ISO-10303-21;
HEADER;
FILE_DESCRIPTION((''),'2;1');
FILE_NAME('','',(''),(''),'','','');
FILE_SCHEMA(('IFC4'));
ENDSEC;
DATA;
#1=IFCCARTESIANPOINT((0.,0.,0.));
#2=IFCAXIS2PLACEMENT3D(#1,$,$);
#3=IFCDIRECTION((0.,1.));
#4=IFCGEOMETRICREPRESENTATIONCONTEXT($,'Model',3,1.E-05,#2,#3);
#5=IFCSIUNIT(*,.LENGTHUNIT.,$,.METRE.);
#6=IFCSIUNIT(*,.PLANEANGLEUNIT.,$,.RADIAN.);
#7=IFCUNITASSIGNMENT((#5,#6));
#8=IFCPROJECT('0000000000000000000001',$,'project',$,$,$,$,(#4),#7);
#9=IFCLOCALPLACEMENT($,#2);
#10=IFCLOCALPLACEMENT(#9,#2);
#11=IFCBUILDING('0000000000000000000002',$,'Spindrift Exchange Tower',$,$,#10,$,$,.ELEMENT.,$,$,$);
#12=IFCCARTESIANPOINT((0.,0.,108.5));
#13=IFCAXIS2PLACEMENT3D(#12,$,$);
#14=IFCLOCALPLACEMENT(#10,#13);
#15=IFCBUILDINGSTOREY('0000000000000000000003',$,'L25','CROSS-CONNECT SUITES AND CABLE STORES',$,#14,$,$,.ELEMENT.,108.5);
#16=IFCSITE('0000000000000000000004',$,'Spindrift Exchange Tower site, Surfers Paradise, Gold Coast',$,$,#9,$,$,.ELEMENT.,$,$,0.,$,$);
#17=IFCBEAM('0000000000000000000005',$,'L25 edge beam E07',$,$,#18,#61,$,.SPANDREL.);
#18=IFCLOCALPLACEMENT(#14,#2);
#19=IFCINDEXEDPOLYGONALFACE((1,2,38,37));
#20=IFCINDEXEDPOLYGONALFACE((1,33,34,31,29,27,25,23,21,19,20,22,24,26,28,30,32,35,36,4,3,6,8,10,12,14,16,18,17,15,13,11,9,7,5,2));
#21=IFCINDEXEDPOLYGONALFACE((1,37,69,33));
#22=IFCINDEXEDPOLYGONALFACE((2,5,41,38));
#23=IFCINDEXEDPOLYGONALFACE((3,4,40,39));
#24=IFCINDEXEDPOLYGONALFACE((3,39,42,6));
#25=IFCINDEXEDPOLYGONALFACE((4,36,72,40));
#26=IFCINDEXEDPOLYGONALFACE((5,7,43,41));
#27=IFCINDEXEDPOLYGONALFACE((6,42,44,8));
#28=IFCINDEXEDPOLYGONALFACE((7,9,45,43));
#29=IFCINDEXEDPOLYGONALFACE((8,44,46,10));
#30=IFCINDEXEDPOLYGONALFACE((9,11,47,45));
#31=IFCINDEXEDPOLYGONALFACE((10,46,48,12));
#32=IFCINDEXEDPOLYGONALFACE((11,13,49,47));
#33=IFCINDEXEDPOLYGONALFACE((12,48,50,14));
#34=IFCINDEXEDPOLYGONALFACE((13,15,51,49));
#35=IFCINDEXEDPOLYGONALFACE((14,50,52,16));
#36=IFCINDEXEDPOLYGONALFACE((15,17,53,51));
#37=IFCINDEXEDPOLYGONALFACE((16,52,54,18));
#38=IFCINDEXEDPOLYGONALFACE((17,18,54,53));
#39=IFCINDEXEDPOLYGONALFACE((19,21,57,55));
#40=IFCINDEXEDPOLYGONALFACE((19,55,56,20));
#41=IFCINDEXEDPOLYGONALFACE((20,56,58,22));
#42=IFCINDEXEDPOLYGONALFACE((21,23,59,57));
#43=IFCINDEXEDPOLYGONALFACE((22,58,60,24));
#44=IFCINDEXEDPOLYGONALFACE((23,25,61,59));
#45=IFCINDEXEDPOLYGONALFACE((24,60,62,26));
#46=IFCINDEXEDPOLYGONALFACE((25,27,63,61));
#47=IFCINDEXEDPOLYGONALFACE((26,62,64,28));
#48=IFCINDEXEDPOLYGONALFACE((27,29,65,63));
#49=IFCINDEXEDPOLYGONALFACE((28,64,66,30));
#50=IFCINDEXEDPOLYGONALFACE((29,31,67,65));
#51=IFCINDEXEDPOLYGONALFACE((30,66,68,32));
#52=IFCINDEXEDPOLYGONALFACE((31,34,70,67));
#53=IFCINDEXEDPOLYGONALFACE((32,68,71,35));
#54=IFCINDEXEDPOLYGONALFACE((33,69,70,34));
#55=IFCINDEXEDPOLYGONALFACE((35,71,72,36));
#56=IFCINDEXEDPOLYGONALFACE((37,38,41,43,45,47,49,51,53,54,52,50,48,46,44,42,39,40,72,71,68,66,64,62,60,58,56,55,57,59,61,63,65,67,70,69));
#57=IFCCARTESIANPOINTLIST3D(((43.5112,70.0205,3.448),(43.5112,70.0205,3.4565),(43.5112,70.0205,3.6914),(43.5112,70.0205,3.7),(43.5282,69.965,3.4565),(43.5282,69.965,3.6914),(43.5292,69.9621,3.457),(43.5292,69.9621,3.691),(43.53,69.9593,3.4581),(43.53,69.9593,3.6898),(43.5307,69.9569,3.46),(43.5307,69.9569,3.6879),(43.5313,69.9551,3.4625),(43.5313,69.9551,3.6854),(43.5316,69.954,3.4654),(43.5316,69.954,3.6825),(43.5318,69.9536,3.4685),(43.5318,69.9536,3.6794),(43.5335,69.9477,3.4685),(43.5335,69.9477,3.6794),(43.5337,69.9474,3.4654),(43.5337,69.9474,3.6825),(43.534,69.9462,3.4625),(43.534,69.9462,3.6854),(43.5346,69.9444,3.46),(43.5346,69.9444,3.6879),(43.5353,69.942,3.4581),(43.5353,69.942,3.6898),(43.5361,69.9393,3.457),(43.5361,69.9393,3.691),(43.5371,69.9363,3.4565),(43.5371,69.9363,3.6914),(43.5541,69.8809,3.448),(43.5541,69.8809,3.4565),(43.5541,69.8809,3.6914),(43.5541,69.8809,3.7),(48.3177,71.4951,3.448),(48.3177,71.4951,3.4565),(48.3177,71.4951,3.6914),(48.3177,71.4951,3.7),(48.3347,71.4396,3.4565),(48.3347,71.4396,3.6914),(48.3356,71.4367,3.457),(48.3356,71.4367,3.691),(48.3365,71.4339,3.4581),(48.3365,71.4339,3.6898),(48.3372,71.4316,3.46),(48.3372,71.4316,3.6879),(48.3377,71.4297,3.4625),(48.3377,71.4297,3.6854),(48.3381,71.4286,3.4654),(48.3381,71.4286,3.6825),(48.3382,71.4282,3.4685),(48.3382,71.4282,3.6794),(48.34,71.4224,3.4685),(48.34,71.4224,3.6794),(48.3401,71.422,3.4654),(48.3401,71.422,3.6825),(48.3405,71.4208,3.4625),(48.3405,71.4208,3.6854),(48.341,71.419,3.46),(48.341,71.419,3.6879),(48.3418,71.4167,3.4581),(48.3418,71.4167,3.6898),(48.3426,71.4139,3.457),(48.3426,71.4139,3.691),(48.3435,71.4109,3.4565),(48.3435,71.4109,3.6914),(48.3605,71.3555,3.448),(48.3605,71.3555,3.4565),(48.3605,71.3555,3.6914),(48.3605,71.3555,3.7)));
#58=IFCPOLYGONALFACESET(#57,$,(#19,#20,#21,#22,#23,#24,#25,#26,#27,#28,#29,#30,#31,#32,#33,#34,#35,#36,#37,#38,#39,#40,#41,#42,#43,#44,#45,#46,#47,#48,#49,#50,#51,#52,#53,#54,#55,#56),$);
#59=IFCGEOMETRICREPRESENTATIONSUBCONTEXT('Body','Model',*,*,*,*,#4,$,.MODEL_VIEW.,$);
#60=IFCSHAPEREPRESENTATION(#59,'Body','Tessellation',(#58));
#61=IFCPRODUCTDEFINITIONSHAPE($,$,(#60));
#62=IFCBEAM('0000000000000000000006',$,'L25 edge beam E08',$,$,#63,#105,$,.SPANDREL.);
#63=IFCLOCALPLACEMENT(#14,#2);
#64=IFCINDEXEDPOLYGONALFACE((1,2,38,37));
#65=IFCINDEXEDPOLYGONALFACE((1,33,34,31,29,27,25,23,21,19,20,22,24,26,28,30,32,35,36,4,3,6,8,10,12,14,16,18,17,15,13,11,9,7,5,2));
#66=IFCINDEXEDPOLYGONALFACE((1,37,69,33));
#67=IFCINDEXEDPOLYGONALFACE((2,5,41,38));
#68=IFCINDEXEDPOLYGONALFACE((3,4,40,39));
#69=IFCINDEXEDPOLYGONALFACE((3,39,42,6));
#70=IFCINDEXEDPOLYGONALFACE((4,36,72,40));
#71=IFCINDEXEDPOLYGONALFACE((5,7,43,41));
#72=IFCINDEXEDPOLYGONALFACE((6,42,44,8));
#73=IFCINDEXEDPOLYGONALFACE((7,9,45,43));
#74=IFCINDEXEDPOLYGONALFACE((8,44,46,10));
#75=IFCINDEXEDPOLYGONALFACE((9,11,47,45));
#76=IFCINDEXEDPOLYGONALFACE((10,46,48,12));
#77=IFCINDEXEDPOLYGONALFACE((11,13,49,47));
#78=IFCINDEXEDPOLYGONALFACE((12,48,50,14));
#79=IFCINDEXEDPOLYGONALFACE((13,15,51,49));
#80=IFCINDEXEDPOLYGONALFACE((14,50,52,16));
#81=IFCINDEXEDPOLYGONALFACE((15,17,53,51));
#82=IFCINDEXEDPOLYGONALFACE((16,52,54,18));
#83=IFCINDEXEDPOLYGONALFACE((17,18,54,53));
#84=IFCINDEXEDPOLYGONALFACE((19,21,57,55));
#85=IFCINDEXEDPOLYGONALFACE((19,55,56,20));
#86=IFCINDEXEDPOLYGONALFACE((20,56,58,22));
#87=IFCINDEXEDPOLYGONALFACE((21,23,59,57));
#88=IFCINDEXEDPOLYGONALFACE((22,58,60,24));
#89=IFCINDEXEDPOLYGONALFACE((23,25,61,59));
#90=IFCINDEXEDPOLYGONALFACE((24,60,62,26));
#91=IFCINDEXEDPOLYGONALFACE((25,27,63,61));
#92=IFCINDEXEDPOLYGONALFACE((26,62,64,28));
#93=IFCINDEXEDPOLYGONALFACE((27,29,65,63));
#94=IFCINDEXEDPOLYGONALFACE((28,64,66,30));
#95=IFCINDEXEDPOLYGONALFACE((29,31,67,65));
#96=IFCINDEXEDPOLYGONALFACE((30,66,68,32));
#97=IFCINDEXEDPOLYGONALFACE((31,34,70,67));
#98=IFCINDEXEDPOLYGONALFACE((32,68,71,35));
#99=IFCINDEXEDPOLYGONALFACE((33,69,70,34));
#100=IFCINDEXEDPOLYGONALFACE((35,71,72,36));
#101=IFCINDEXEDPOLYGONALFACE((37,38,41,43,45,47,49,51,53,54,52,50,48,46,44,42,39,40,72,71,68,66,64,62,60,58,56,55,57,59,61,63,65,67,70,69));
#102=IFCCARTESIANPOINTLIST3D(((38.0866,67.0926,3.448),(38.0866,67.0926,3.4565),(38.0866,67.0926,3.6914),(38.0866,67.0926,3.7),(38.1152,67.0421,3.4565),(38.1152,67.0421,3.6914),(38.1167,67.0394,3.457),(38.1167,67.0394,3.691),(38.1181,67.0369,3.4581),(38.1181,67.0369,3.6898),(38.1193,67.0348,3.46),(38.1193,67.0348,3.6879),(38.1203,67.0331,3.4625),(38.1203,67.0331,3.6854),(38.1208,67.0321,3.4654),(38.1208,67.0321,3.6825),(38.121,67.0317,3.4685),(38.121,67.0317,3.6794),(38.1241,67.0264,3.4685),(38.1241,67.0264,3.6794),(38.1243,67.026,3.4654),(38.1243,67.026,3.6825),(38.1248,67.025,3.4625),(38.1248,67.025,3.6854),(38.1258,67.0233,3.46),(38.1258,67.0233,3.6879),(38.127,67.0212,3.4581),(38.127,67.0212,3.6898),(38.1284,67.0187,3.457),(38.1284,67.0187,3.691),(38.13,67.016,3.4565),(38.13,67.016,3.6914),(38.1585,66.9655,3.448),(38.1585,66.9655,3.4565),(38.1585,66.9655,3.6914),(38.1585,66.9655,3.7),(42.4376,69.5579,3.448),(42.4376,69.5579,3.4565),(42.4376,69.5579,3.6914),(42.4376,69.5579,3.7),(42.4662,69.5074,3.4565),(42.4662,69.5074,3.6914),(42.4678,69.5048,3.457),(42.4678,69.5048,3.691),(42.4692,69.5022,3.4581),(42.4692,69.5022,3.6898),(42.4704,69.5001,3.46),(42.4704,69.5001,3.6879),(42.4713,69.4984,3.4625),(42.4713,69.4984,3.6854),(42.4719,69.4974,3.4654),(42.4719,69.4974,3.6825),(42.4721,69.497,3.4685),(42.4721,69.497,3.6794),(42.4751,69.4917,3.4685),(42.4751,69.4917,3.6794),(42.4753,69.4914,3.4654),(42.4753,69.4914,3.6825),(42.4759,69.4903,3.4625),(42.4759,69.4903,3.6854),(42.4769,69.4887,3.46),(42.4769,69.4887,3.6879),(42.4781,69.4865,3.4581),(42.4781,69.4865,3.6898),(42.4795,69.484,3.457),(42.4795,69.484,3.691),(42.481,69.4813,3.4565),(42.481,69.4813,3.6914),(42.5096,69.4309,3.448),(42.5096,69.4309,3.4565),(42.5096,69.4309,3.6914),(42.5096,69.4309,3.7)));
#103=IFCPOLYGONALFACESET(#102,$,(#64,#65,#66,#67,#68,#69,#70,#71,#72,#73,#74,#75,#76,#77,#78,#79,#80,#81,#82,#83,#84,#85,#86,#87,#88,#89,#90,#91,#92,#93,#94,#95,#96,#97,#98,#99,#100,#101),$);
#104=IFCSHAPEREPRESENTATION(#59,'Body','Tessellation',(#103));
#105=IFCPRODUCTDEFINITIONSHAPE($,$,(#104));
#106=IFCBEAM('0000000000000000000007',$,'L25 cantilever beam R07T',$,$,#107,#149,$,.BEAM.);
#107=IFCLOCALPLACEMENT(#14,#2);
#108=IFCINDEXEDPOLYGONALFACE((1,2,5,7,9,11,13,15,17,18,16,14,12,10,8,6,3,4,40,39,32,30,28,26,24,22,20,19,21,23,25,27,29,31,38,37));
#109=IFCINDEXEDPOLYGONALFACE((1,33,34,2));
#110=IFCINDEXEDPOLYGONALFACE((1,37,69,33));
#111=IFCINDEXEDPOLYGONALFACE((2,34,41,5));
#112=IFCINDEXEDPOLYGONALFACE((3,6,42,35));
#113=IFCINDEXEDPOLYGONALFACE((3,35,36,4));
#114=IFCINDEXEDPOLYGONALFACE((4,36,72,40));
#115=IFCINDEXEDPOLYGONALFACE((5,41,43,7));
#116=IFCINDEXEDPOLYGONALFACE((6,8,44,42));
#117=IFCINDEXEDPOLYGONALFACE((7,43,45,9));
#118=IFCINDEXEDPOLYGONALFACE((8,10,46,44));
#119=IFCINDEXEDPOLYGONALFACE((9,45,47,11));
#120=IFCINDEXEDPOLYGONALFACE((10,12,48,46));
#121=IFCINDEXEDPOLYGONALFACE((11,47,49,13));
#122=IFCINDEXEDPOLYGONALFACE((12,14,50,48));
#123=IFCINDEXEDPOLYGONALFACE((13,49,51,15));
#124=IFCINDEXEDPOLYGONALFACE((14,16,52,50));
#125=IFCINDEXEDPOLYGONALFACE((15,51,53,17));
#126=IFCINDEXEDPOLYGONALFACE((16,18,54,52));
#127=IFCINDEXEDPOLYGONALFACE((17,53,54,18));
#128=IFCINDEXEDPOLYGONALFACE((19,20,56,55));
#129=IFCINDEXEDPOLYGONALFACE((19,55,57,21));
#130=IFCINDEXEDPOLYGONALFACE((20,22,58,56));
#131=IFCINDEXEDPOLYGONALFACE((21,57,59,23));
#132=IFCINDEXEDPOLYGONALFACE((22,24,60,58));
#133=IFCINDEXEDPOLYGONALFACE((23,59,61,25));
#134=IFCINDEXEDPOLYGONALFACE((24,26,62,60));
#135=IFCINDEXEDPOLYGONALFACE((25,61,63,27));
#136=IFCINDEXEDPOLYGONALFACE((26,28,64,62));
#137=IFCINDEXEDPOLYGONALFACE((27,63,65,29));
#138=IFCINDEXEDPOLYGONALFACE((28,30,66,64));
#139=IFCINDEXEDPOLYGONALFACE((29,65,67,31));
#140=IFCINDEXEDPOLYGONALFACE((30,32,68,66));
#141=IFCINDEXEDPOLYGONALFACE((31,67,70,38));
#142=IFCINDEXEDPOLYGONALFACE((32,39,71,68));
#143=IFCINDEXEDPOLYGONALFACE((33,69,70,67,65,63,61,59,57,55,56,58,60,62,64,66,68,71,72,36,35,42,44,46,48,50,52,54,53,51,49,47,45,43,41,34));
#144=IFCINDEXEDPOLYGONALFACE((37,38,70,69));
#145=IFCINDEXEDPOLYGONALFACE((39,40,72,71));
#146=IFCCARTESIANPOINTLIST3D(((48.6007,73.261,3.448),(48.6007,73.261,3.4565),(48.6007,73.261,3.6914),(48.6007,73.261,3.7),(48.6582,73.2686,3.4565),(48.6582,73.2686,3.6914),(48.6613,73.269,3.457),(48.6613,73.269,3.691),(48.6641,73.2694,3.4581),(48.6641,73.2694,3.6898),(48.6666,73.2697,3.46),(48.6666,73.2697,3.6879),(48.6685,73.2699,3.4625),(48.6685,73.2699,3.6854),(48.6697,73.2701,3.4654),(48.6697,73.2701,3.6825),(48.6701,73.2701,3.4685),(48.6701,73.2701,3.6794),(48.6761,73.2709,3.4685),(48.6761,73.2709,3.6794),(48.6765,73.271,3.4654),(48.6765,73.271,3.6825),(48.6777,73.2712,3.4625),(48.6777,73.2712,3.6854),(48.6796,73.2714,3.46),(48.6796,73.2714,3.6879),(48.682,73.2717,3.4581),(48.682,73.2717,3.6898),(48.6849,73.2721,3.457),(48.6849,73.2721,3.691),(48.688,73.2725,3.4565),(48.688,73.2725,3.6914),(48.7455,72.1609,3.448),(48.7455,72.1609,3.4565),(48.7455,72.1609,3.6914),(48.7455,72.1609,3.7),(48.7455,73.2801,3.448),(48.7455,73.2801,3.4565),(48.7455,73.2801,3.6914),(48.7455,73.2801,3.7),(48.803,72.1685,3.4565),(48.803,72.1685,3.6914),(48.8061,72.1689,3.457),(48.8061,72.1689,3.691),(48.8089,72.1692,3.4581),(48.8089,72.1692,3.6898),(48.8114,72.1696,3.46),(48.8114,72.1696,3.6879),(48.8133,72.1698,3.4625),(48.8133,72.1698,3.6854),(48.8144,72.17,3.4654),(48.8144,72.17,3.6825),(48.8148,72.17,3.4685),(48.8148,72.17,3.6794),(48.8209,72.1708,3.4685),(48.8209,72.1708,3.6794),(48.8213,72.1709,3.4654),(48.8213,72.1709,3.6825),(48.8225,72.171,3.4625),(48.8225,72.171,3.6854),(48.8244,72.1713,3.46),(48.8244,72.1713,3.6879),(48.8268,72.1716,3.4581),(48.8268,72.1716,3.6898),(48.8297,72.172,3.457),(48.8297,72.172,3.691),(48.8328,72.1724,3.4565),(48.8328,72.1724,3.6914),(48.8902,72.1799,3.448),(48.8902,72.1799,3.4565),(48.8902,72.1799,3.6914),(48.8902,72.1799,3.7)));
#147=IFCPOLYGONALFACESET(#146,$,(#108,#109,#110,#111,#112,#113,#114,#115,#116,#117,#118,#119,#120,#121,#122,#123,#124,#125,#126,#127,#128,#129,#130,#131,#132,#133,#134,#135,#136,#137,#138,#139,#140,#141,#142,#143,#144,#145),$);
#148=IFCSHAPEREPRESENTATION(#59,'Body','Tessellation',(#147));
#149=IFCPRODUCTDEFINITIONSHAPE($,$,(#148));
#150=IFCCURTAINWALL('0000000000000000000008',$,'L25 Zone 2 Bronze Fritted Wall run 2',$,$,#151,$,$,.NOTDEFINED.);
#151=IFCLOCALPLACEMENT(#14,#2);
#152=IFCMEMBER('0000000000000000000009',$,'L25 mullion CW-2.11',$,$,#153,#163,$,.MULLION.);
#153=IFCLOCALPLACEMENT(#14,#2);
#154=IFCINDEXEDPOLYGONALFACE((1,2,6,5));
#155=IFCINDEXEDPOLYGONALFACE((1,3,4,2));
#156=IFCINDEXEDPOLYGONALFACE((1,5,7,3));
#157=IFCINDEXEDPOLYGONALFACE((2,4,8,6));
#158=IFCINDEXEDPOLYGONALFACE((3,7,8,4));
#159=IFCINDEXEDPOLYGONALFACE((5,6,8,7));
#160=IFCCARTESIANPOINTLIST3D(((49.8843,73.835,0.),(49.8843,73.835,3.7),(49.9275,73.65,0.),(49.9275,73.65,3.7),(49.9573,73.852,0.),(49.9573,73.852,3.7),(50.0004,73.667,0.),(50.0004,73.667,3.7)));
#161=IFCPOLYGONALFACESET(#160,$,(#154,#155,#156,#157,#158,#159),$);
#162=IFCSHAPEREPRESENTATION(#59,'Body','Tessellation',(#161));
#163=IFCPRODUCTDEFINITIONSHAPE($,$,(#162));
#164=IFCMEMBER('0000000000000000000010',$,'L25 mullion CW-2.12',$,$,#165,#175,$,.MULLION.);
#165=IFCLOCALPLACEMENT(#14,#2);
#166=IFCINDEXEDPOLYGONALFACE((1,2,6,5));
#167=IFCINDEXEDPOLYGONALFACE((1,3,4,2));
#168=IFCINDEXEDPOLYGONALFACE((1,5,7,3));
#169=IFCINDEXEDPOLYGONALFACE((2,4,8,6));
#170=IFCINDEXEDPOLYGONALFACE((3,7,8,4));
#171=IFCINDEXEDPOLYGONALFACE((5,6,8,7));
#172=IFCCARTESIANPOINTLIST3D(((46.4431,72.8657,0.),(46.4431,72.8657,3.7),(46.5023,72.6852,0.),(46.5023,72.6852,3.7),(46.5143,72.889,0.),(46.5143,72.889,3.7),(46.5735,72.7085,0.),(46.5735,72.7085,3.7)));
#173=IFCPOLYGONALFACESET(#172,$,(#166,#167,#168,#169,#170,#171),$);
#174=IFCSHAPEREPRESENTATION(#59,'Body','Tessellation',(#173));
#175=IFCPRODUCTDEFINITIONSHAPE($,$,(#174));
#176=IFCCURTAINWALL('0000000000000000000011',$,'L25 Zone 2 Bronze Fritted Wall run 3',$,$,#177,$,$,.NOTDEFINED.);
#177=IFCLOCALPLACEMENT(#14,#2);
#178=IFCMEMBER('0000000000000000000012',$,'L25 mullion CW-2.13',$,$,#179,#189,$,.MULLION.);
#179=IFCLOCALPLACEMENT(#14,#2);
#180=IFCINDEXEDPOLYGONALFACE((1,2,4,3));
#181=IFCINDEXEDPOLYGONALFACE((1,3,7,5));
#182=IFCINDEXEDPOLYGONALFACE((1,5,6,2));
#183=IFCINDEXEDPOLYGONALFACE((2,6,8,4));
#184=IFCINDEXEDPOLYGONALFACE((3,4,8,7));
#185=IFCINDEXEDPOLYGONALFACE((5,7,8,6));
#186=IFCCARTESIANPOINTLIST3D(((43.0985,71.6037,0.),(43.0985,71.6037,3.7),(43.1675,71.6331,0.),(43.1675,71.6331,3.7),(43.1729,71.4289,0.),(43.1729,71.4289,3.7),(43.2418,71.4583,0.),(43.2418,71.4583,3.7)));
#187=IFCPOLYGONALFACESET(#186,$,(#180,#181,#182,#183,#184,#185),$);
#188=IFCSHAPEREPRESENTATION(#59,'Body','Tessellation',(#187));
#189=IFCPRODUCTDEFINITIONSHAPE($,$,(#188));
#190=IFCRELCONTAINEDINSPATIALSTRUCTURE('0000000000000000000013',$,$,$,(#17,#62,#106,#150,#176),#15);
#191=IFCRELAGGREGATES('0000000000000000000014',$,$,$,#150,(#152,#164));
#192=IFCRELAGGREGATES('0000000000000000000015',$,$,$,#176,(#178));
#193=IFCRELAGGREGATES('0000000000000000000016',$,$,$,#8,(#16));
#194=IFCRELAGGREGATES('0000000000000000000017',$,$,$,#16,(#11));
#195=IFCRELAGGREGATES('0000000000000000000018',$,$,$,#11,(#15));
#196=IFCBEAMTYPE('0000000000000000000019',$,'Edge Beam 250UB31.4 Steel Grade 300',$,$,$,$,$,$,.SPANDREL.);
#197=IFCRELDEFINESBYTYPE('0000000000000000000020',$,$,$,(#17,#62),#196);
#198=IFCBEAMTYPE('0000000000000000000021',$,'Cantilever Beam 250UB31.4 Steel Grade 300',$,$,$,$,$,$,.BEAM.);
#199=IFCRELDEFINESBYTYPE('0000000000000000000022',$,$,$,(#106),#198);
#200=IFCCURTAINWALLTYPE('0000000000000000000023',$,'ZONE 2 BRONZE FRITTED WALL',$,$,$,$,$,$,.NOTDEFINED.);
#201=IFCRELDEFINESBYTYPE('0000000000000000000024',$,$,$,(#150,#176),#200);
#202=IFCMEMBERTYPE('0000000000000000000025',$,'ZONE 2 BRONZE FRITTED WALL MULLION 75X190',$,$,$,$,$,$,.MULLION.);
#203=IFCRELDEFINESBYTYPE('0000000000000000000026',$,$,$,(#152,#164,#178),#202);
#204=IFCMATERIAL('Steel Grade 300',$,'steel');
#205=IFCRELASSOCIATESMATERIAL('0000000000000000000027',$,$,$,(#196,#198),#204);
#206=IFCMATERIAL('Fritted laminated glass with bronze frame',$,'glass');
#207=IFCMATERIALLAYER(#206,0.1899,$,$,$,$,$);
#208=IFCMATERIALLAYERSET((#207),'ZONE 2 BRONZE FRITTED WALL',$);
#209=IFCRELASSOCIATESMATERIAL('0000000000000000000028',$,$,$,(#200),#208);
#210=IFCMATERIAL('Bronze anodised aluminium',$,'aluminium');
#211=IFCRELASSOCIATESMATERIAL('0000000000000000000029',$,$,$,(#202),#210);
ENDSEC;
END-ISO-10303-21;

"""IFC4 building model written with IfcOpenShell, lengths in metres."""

from ifc_helpers import new_model, si_unit, direction, frame, origin, origin_2d, place, context, subcontext, project, spatial, rectangle, i_section, extrude, source, transform, mapped, material, layer, layer_set, material_profile, profile_set, type_object, element, aggregate, save


model = new_model("IFC4")

# Units and contexts
model_context = context("Model", 3, precision=1e-05, world=origin(), true_north=direction((0.0, 1.0)))
body_context = subcontext(model_context, "Body", "Model", "MODEL_VIEW")
ifc_project = project(units=[si_unit("LENGTHUNIT", "METRE"), si_unit("PLANEANGLEUNIT", "RADIAN")], contexts=[model_context])

# Site, building, storey
site_placement = place(None, origin())
site = spatial("IfcSite", under=ifc_project, at=site_placement, Name="Spindrift Exchange Tower site, Surfers Paradise, Gold Coast", CompositionType="ELEMENT", RefElevation=0.0)
building_placement = place(site_placement, origin())
building = spatial("IfcBuilding", under=site, at=building_placement, Name="Spindrift Exchange Tower", CompositionType="ELEMENT")
storey_placement = place(building_placement, frame((0.0, 0.0, 108.5)))
storey = spatial("IfcBuildingStorey", under=building, at=storey_placement, Name="L25", Description="CROSS-CONNECT SUITES AND CABLE STORES", CompositionType="ELEMENT", Elevation=108.5)

# Beams
ifc_material_1 = material(Name="Steel Grade 300", Category="steel")
ifc_material_profile_1 = material_profile(ifc_material_1, i_section(OverallWidth=0.146, OverallDepth=0.252, WebThickness=0.0061, FlangeThickness=0.0085, FilletRadius=0.012, at=origin_2d()), Name="250UB31.4")
ifc_profile_set_1 = profile_set([ifc_material_profile_1], Name="Steel Grade 300")
beam_type_1 = type_object("IfcBeamType", Name="Edge Beam 250UB31.4 Steel Grade 300", PredefinedType="SPANDREL", material=ifc_profile_set_1)
shared_shape_1 = source(origin(), body_context, "Body", "SweptSolid", [
    extrude(i_section(OverallWidth=0.146, OverallDepth=0.252, WebThickness=0.0061, FlangeThickness=0.0085, FilletRadius=0.012, at=origin_2d()), origin(), (0.0, 0.0, 1.0), 5.0276),
])
beam_1_placement = place(storey_placement, frame((48.3391, 71.4253, 3.574), z_axis=(-0.956018, -0.293308, 0.0), x_axis=(0.293308, -0.956018, 0.0)))
element("IfcBeam", 1, at=beam_1_placement, inside=storey, type_object=beam_type_1, Name="L25 edge beam E07", PredefinedType="SPANDREL", context=body_context, shape_type="MappedRepresentation", body=[
    mapped(shared_shape_1, transform((0.0, 0.0, 0.0), scale=1.0)),
])
shared_shape_2 = source(origin(), body_context, "Body", "SweptSolid", [
    extrude(i_section(OverallWidth=0.146, OverallDepth=0.252, WebThickness=0.0061, FlangeThickness=0.0085, FilletRadius=0.012, at=origin_2d()), origin(), (0.0, 0.0, 1.0), 5.001),
])
beam_2_placement = place(storey_placement, frame((42.4736, 69.4944, 3.574), z_axis=(-0.870046, -0.492971, 0.0), x_axis=(0.492971, -0.870046, 0.0)))
element("IfcBeam", 2, at=beam_2_placement, inside=storey, type_object=beam_type_1, Name="L25 edge beam E08", PredefinedType="SPANDREL", context=body_context, shape_type="MappedRepresentation", body=[
    mapped(shared_shape_2, transform((0.0, 0.0, 0.0), scale=1.0)),
])
ifc_material_profile_2 = material_profile(ifc_material_1, i_section(OverallWidth=0.146, OverallDepth=0.252, WebThickness=0.0061, FlangeThickness=0.0085, FilletRadius=0.012, at=origin_2d()), Name="250UB31.4")
ifc_profile_set_2 = profile_set([ifc_material_profile_2], Name="Steel Grade 300")
beam_type_2 = type_object("IfcBeamType", Name="Cantilever Beam 250UB31.4 Steel Grade 300", PredefinedType="BEAM", material=ifc_profile_set_2)
shared_shape_3 = source(origin(), body_context, "Body", "SweptSolid", [
    extrude(i_section(OverallWidth=0.146, OverallDepth=0.252, WebThickness=0.0061, FlangeThickness=0.0085, FilletRadius=0.012, at=origin_2d()), origin(), (0.0, 0.0, 1.0), 1.1096),
])
beam_3_placement = place(storey_placement, frame((48.8179, 72.1704, 3.574), z_axis=(-0.130477, 0.991451, 0.0), x_axis=(-0.991451, -0.130477, 0.0)))
element("IfcBeam", 3, at=beam_3_placement, inside=storey, type_object=beam_type_2, Name="L25 cantilever beam R07T", PredefinedType="BEAM", context=body_context, shape_type="MappedRepresentation", body=[
    mapped(shared_shape_3, transform((0.0, 0.0, 0.0), scale=1.0)),
])

# Curtain walls, members
ifc_material_2 = material(Name="Fritted laminated glass with bronze frame", Category="glass")
ifc_layer_1 = layer(ifc_material_2, 0.1899)
ifc_layer_set_1 = layer_set([ifc_layer_1], Name="ZONE 2 BRONZE FRITTED WALL")
curtain_wall_type = type_object("IfcCurtainWallType", Name="ZONE 2 BRONZE FRITTED WALL", PredefinedType="NOTDEFINED", material=ifc_layer_set_1)
curtain_wall_1_placement = place(storey_placement, origin())
curtain_wall_1 = element("IfcCurtainWall", 4, at=curtain_wall_1_placement, inside=storey, type_object=curtain_wall_type, Name="L25 Zone 2 Bronze Fritted Wall run 2", PredefinedType="NOTDEFINED")
ifc_material_3 = material(Name="Bronze anodised aluminium", Category="aluminium")
ifc_material_profile_3 = material_profile(ifc_material_3, rectangle(XDim=0.075, YDim=0.1899, at=origin_2d()), Name="ZONE 2 BRONZE FRITTED WALL MULLION 75X190")
ifc_profile_set_3 = profile_set([ifc_material_profile_3], Name="Bronze anodised aluminium")
member_type_1 = type_object("IfcMemberType", Name="ZONE 2 BRONZE FRITTED WALL MULLION 75X190", PredefinedType="MULLION", material=ifc_profile_set_3)
shared_shape_4 = source(origin(), body_context, "Body", "SweptSolid", [
    extrude(rectangle(XDim=0.075, YDim=0.1899, at=origin_2d()), origin(), (0.0, 0.0, 1.0), 3.7),
])
member_1_placement = place(storey_placement, frame((49.9424, 73.751, 0.0), z_axis=(0.0, 0.0, 1.0), x_axis=(-0.973869, -0.227111, 0.0)))
member_1 = element("IfcMember", 5, at=member_1_placement, type_object=member_type_1, Name="L25 mullion CW-2.11", PredefinedType="MULLION", context=body_context, shape_type="MappedRepresentation", body=[
    mapped(shared_shape_4, transform((0.0, 0.0, 0.0), scale=1.0)),
])
member_2_placement = place(storey_placement, frame((46.5083, 72.7871, 0.0), z_axis=(0.0, 0.0, 1.0), x_axis=(-0.950249, -0.311492, 0.0)))
member_2 = element("IfcMember", 6, at=member_2_placement, type_object=member_type_1, Name="L25 mullion CW-2.12", PredefinedType="MULLION", context=body_context, shape_type="MappedRepresentation", body=[
    mapped(shared_shape_4, transform((0.0, 0.0, 0.0), scale=1.0)),
])
curtain_wall_2_placement = place(storey_placement, origin())
curtain_wall_2 = element("IfcCurtainWall", 7, at=curtain_wall_2_placement, inside=storey, type_object=curtain_wall_type, Name="L25 Zone 2 Bronze Fritted Wall run 3", PredefinedType="NOTDEFINED")
member_3_placement = place(storey_placement, frame((43.1702, 71.531, 0.0), z_axis=(0.0, 0.0, 1.0), x_axis=(-0.920209, -0.391428, 0.0)))
member_3 = element("IfcMember", 8, at=member_3_placement, type_object=member_type_1, Name="L25 mullion CW-2.13", PredefinedType="MULLION", context=body_context, shape_type="MappedRepresentation", body=[
    mapped(shared_shape_4, transform((0.0, 0.0, 0.0), scale=1.0)),
])

aggregate(curtain_wall_1, [member_1, member_2])
aggregate(curtain_wall_2, [member_3])

save(model, "model.ifc")
